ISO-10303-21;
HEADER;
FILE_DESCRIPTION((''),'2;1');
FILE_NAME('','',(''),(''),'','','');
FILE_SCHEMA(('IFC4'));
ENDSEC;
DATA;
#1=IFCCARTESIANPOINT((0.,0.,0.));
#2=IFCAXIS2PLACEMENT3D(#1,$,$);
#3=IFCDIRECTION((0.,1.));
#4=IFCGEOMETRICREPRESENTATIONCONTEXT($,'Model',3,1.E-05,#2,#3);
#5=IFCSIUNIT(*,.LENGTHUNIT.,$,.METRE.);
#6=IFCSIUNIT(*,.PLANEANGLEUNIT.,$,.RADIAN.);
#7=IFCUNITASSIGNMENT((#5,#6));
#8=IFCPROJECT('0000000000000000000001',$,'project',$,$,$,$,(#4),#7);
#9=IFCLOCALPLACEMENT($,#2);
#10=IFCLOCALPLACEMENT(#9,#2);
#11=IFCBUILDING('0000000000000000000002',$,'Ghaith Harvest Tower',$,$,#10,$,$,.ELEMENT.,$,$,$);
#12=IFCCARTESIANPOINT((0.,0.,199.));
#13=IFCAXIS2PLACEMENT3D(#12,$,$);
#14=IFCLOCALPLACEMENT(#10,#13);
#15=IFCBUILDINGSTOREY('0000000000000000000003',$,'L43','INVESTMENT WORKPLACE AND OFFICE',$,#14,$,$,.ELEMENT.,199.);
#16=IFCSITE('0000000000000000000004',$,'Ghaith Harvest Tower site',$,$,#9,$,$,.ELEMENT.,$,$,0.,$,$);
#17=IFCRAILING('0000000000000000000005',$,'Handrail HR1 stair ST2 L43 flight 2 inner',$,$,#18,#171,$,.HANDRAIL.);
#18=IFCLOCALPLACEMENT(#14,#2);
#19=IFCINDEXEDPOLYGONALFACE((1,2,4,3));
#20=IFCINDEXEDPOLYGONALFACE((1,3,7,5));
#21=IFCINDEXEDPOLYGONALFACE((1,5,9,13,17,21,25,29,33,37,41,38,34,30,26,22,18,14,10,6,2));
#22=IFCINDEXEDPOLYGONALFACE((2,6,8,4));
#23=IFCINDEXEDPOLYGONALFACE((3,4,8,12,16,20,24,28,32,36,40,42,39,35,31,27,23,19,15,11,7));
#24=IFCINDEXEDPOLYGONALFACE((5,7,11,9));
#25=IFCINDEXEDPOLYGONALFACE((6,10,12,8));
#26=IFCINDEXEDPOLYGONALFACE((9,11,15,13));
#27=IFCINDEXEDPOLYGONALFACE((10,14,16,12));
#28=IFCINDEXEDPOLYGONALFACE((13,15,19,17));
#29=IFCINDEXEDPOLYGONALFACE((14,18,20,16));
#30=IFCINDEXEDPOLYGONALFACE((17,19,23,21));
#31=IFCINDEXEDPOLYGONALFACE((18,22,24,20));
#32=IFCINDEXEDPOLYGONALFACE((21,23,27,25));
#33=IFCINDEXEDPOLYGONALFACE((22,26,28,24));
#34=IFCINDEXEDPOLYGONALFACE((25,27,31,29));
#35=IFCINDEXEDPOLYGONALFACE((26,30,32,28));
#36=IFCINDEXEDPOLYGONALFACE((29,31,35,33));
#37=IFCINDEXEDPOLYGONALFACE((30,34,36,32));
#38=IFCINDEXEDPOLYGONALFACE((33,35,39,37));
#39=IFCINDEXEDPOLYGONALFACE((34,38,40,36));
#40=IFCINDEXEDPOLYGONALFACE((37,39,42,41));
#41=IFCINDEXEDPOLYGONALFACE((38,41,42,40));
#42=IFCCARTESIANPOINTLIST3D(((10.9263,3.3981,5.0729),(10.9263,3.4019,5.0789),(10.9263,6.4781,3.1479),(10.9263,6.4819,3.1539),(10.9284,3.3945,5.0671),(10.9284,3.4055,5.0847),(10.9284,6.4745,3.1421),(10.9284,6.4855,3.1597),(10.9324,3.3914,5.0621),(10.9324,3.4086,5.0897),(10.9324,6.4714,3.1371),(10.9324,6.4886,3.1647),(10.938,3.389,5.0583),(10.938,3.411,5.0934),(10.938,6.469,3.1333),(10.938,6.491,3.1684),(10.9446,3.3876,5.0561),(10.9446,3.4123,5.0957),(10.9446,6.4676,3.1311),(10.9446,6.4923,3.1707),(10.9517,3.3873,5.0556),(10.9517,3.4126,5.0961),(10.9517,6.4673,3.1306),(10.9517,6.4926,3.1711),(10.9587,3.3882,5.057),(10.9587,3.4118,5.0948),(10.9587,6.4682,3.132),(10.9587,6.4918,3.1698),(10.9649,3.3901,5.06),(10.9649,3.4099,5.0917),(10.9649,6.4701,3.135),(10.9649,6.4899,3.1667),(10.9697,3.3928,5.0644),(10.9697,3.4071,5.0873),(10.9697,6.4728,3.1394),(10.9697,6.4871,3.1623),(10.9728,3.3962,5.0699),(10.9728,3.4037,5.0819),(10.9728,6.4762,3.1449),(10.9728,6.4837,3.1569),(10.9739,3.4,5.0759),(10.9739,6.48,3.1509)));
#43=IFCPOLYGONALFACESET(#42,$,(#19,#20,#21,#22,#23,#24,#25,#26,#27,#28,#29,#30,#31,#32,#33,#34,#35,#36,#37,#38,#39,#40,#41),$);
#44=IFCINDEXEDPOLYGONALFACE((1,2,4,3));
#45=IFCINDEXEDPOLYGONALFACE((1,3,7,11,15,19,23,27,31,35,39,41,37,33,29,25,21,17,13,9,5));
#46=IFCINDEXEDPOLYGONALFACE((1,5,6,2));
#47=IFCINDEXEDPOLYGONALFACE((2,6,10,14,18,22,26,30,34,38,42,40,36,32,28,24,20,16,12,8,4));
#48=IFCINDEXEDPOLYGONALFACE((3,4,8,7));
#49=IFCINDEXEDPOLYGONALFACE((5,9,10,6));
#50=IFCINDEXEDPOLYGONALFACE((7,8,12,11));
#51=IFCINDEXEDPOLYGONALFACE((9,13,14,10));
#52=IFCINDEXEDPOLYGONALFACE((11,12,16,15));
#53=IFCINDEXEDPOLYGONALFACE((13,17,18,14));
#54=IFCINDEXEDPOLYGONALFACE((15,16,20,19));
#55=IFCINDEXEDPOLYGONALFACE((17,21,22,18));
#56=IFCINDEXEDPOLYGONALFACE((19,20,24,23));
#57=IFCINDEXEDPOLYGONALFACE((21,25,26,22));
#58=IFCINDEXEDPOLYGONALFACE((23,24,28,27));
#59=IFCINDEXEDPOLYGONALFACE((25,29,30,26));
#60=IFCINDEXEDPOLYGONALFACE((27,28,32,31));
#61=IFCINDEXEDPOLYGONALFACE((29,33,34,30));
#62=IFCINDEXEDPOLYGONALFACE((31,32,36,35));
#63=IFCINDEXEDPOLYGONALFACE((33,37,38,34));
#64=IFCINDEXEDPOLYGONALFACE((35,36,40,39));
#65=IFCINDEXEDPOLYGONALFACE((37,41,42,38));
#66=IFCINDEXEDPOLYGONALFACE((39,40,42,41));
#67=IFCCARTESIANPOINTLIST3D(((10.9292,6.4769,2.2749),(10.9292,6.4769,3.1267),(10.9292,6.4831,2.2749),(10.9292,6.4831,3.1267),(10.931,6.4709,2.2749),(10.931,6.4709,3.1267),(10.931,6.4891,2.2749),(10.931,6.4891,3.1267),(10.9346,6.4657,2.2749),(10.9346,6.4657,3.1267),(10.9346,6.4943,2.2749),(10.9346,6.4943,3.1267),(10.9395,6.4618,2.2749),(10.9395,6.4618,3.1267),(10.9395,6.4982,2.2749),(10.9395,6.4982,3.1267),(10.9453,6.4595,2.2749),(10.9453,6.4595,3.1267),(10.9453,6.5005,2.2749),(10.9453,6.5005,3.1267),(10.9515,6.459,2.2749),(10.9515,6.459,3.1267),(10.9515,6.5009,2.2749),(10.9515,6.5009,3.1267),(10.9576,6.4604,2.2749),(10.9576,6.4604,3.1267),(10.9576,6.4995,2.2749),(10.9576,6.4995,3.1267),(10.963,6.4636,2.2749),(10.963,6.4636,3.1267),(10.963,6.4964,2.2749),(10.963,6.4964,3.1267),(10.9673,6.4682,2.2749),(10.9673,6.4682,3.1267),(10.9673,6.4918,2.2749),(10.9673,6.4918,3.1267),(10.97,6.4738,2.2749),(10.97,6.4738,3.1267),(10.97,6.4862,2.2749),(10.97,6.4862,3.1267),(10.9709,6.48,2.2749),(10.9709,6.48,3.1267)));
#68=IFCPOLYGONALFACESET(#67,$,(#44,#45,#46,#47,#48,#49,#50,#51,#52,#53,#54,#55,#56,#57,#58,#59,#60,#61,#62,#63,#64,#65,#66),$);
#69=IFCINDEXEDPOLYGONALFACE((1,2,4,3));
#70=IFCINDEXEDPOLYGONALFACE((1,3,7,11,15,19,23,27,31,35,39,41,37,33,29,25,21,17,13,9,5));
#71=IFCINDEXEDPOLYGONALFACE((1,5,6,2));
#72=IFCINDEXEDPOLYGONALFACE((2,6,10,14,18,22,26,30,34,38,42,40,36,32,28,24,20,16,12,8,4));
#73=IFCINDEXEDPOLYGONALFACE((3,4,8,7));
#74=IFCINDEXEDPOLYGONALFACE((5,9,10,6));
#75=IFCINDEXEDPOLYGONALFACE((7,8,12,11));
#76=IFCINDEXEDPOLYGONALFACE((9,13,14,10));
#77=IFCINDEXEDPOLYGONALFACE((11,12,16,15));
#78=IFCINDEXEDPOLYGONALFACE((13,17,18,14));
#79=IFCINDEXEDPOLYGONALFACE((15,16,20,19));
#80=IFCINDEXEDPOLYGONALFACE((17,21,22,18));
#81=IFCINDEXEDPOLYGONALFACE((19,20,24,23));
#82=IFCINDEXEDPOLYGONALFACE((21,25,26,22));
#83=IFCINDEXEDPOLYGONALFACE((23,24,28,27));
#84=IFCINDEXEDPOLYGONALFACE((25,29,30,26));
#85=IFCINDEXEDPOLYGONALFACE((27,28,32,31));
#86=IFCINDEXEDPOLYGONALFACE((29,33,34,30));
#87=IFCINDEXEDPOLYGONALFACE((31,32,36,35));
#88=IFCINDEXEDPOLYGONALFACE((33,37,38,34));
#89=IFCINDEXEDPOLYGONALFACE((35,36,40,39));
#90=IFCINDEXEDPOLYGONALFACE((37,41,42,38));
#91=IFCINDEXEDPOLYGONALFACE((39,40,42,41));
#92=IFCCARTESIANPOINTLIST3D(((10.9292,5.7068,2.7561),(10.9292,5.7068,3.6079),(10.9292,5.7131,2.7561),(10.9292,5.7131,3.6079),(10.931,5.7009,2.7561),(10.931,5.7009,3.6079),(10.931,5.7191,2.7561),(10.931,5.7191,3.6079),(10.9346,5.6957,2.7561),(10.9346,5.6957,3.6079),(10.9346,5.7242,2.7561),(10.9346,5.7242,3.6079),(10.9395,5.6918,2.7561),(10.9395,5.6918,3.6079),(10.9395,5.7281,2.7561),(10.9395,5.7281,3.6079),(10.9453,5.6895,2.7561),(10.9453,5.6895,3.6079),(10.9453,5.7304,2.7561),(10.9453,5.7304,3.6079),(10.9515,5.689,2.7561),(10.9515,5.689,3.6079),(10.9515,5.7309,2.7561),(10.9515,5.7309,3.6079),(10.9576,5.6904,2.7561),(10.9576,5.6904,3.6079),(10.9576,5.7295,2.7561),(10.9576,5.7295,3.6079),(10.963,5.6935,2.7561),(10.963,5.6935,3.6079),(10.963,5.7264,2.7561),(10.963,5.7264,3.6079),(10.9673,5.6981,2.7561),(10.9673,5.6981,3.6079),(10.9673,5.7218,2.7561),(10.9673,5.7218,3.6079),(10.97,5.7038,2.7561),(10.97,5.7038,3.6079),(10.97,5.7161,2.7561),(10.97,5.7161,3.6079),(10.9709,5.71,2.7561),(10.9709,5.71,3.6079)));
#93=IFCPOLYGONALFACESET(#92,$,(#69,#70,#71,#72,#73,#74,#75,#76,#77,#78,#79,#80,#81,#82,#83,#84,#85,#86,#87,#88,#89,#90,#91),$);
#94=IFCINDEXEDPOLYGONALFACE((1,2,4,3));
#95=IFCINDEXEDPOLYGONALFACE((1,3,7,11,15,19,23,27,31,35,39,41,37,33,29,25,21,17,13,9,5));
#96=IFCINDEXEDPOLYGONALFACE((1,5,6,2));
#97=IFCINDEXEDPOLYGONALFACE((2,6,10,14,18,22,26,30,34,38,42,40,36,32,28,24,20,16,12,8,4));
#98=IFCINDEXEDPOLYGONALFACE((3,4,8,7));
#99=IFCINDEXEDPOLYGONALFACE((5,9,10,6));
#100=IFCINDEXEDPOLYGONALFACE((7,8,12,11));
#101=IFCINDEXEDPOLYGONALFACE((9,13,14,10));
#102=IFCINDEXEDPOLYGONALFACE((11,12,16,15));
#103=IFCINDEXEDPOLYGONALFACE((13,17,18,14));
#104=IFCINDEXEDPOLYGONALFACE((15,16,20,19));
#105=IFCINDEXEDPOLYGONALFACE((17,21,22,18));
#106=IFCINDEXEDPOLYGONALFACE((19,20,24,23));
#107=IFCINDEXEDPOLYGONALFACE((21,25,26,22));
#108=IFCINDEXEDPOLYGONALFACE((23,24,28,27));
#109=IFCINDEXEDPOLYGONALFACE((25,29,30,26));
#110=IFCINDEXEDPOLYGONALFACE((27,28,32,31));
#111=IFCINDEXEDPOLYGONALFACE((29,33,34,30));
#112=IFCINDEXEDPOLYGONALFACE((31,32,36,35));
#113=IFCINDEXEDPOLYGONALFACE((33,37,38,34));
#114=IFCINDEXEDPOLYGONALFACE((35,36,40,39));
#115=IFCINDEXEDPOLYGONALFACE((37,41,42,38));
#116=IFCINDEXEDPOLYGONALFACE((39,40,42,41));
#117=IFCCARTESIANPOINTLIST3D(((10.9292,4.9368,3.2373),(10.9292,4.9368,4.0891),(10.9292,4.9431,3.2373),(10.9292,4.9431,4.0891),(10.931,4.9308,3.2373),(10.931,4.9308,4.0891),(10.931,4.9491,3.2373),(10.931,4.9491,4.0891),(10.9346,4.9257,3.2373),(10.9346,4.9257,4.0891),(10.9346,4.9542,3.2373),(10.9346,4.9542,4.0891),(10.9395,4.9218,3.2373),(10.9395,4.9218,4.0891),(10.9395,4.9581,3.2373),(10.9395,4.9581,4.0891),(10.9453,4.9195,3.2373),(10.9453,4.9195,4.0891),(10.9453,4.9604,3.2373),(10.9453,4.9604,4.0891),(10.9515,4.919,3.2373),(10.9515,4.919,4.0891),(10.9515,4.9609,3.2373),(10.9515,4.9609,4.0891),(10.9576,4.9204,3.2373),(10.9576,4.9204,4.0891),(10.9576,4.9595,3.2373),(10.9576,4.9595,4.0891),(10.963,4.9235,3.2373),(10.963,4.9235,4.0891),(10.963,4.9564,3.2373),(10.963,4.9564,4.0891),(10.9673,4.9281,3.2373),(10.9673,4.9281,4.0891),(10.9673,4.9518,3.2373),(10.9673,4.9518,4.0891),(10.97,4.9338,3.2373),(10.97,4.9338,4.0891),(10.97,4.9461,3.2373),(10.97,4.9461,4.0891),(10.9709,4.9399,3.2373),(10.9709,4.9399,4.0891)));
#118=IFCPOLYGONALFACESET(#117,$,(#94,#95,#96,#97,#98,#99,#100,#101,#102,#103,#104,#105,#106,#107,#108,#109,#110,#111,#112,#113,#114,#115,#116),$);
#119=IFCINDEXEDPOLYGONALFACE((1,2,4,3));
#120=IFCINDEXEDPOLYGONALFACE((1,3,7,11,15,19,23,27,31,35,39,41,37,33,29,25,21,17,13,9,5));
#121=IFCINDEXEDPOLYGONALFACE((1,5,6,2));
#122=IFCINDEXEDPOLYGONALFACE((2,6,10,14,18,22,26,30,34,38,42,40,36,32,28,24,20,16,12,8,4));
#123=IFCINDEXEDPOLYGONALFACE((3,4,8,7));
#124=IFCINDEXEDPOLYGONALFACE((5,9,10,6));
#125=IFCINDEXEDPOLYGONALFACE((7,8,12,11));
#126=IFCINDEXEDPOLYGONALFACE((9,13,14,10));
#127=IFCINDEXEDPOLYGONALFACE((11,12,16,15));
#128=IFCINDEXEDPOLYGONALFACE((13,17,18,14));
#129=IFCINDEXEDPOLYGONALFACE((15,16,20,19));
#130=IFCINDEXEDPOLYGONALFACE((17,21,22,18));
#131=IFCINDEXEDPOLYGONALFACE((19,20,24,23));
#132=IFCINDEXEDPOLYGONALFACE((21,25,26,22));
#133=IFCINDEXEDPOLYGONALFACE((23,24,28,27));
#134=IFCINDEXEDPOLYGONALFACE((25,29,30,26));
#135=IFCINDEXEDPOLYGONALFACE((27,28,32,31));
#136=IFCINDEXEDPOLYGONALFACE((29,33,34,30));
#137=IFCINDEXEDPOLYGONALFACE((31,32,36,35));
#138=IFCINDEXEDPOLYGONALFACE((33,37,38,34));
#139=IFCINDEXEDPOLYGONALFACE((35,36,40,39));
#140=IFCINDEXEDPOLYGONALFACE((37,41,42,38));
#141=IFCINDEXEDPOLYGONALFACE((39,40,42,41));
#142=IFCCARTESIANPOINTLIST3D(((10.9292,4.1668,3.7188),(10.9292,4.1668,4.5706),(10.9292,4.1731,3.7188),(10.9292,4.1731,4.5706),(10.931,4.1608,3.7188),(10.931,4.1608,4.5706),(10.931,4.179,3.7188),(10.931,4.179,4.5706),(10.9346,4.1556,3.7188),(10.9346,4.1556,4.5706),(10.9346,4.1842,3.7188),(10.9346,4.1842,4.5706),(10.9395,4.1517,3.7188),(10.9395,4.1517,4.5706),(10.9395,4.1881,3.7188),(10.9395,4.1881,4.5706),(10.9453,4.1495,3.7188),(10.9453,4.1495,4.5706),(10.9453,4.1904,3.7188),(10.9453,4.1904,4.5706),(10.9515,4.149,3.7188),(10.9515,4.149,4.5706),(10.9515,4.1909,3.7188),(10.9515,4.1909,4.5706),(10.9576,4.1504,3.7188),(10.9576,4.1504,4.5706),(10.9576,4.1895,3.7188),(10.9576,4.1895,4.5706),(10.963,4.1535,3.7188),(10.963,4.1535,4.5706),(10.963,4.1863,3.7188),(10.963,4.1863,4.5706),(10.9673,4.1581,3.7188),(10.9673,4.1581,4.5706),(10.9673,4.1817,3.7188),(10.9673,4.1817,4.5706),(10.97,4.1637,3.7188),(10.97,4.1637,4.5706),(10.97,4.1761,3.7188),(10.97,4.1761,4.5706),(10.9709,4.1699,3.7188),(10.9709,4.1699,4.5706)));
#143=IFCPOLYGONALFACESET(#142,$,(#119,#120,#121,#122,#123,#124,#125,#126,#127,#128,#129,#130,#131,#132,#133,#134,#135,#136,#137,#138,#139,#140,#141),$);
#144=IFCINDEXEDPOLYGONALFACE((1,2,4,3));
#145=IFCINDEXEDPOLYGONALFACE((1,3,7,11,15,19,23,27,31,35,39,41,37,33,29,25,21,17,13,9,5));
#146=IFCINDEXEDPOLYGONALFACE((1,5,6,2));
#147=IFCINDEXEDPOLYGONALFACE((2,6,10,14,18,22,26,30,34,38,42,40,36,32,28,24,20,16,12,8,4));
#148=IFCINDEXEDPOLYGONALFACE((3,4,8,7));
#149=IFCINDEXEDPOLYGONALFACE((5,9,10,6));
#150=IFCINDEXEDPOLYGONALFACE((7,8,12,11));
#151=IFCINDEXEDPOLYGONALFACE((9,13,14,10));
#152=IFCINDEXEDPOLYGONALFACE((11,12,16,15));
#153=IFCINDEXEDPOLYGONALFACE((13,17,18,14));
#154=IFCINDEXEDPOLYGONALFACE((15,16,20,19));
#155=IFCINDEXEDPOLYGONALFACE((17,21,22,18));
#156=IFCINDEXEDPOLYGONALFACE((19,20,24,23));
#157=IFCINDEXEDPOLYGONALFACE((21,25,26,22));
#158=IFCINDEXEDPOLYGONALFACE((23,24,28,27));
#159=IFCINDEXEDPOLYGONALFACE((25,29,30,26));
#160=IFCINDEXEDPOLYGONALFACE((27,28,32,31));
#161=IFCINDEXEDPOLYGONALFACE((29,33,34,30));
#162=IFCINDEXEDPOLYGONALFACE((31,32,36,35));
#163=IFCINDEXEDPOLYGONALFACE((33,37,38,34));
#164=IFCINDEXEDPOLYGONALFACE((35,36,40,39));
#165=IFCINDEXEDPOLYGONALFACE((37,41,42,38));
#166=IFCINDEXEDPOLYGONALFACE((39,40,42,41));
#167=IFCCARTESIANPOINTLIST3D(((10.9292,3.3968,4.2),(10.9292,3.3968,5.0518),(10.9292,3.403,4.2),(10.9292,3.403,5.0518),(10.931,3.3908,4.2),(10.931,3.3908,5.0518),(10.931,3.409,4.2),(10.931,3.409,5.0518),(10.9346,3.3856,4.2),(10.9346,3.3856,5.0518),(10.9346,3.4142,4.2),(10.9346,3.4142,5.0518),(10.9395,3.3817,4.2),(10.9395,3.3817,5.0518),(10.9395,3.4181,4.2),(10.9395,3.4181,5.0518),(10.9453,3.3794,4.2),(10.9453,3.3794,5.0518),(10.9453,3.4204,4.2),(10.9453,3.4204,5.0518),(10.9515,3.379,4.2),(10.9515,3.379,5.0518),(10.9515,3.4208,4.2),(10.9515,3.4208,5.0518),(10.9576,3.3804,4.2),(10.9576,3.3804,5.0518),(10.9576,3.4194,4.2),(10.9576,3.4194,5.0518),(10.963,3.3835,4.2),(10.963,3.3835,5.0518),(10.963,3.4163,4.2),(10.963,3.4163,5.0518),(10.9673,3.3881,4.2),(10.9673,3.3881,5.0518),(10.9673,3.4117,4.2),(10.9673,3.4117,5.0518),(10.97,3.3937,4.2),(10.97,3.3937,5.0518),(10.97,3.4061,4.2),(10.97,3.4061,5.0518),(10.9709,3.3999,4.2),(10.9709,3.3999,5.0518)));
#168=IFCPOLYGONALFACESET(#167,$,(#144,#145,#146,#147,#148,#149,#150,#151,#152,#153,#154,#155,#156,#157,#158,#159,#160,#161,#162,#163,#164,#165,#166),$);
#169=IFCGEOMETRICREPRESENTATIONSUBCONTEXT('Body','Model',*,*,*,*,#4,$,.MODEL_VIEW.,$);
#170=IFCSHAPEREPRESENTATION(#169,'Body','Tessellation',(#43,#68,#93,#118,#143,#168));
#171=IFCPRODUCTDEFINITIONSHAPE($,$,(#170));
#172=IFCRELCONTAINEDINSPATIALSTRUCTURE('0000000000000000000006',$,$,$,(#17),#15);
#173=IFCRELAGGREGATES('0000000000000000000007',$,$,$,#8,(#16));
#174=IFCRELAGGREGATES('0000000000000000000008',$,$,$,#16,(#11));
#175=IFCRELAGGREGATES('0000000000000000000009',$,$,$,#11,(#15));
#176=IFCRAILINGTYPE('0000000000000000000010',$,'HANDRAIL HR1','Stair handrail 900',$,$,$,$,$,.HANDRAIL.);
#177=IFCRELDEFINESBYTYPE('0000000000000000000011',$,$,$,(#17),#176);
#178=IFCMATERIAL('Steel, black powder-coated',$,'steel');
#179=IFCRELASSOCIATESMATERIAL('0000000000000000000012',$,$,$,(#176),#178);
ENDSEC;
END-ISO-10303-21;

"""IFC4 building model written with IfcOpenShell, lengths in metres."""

from ifc_helpers import new_model, si_unit, direction, frame, origin, origin_2d, place, context, subcontext, project, spatial, circle, extrude, material, type_object, element, save


model = new_model("IFC4")

# Units and contexts
model_context = context("Model", 3, precision=1e-05, world=origin(), true_north=direction((0.0, 1.0)))
body_context = subcontext(model_context, "Body", "Model", "MODEL_VIEW")
ifc_project = project(units=[si_unit("LENGTHUNIT", "METRE"), si_unit("PLANEANGLEUNIT", "RADIAN")], contexts=[model_context])

# Site, building, storey
site_placement = place(None, origin())
site = spatial("IfcSite", under=ifc_project, at=site_placement, Name="Ghaith Harvest Tower site", CompositionType="ELEMENT", RefElevation=0.0)
building_placement = place(site_placement, origin())
building = spatial("IfcBuilding", under=site, at=building_placement, Name="Ghaith Harvest Tower", CompositionType="ELEMENT")
storey_placement = place(building_placement, frame((0.0, 0.0, 199.0)))
storey = spatial("IfcBuildingStorey", under=building, at=storey_placement, Name="L43", Description="INVESTMENT WORKPLACE AND OFFICE", CompositionType="ELEMENT", Elevation=199.0)

# Railing
ifc_material_1 = material(Name="Steel, black powder-coated", Category="steel")
railing_type = type_object("IfcRailingType", Name="HANDRAIL HR1", Description="Stair handrail 900", PredefinedType="HANDRAIL", material=ifc_material_1)
railing_1_placement = place(storey_placement, frame((10.95, 6.48, 2.2749)))
element("IfcRailing", 1, at=railing_1_placement, inside=storey, type_object=railing_type, Name="Handrail HR1 stair ST2 L43 flight 2 inner", PredefinedType="HANDRAIL", context=body_context, shape_type="SweptSolid", body=[
    extrude(circle(Radius=0.0239, at=origin_2d()), frame((0.0, 0.0, 0.876), z_axis=(0.0, -0.847998, 0.529999), x_axis=(1.0, 0.0, 0.0)), (0.0, 0.0, 1.0), 3.6321),
    extrude(circle(Radius=0.021, at=origin_2d()), origin(), (0.0, 0.0, 1.0), 0.8518),
    extrude(circle(Radius=0.021, at=origin_2d()), frame((0.0, -0.77, 0.4812)), (0.0, 0.0, 1.0), 0.8518),
    extrude(circle(Radius=0.021, at=origin_2d()), frame((0.0, -1.54, 0.9624)), (0.0, 0.0, 1.0), 0.8518),
    extrude(circle(Radius=0.021, at=origin_2d()), frame((0.0, -2.3101, 1.4438)), (0.0, 0.0, 1.0), 0.8518),
    extrude(circle(Radius=0.021, at=origin_2d()), frame((0.0, -3.0801, 1.925)), (0.0, 0.0, 1.0), 0.8518),
])

save(model, "model.ifc")
